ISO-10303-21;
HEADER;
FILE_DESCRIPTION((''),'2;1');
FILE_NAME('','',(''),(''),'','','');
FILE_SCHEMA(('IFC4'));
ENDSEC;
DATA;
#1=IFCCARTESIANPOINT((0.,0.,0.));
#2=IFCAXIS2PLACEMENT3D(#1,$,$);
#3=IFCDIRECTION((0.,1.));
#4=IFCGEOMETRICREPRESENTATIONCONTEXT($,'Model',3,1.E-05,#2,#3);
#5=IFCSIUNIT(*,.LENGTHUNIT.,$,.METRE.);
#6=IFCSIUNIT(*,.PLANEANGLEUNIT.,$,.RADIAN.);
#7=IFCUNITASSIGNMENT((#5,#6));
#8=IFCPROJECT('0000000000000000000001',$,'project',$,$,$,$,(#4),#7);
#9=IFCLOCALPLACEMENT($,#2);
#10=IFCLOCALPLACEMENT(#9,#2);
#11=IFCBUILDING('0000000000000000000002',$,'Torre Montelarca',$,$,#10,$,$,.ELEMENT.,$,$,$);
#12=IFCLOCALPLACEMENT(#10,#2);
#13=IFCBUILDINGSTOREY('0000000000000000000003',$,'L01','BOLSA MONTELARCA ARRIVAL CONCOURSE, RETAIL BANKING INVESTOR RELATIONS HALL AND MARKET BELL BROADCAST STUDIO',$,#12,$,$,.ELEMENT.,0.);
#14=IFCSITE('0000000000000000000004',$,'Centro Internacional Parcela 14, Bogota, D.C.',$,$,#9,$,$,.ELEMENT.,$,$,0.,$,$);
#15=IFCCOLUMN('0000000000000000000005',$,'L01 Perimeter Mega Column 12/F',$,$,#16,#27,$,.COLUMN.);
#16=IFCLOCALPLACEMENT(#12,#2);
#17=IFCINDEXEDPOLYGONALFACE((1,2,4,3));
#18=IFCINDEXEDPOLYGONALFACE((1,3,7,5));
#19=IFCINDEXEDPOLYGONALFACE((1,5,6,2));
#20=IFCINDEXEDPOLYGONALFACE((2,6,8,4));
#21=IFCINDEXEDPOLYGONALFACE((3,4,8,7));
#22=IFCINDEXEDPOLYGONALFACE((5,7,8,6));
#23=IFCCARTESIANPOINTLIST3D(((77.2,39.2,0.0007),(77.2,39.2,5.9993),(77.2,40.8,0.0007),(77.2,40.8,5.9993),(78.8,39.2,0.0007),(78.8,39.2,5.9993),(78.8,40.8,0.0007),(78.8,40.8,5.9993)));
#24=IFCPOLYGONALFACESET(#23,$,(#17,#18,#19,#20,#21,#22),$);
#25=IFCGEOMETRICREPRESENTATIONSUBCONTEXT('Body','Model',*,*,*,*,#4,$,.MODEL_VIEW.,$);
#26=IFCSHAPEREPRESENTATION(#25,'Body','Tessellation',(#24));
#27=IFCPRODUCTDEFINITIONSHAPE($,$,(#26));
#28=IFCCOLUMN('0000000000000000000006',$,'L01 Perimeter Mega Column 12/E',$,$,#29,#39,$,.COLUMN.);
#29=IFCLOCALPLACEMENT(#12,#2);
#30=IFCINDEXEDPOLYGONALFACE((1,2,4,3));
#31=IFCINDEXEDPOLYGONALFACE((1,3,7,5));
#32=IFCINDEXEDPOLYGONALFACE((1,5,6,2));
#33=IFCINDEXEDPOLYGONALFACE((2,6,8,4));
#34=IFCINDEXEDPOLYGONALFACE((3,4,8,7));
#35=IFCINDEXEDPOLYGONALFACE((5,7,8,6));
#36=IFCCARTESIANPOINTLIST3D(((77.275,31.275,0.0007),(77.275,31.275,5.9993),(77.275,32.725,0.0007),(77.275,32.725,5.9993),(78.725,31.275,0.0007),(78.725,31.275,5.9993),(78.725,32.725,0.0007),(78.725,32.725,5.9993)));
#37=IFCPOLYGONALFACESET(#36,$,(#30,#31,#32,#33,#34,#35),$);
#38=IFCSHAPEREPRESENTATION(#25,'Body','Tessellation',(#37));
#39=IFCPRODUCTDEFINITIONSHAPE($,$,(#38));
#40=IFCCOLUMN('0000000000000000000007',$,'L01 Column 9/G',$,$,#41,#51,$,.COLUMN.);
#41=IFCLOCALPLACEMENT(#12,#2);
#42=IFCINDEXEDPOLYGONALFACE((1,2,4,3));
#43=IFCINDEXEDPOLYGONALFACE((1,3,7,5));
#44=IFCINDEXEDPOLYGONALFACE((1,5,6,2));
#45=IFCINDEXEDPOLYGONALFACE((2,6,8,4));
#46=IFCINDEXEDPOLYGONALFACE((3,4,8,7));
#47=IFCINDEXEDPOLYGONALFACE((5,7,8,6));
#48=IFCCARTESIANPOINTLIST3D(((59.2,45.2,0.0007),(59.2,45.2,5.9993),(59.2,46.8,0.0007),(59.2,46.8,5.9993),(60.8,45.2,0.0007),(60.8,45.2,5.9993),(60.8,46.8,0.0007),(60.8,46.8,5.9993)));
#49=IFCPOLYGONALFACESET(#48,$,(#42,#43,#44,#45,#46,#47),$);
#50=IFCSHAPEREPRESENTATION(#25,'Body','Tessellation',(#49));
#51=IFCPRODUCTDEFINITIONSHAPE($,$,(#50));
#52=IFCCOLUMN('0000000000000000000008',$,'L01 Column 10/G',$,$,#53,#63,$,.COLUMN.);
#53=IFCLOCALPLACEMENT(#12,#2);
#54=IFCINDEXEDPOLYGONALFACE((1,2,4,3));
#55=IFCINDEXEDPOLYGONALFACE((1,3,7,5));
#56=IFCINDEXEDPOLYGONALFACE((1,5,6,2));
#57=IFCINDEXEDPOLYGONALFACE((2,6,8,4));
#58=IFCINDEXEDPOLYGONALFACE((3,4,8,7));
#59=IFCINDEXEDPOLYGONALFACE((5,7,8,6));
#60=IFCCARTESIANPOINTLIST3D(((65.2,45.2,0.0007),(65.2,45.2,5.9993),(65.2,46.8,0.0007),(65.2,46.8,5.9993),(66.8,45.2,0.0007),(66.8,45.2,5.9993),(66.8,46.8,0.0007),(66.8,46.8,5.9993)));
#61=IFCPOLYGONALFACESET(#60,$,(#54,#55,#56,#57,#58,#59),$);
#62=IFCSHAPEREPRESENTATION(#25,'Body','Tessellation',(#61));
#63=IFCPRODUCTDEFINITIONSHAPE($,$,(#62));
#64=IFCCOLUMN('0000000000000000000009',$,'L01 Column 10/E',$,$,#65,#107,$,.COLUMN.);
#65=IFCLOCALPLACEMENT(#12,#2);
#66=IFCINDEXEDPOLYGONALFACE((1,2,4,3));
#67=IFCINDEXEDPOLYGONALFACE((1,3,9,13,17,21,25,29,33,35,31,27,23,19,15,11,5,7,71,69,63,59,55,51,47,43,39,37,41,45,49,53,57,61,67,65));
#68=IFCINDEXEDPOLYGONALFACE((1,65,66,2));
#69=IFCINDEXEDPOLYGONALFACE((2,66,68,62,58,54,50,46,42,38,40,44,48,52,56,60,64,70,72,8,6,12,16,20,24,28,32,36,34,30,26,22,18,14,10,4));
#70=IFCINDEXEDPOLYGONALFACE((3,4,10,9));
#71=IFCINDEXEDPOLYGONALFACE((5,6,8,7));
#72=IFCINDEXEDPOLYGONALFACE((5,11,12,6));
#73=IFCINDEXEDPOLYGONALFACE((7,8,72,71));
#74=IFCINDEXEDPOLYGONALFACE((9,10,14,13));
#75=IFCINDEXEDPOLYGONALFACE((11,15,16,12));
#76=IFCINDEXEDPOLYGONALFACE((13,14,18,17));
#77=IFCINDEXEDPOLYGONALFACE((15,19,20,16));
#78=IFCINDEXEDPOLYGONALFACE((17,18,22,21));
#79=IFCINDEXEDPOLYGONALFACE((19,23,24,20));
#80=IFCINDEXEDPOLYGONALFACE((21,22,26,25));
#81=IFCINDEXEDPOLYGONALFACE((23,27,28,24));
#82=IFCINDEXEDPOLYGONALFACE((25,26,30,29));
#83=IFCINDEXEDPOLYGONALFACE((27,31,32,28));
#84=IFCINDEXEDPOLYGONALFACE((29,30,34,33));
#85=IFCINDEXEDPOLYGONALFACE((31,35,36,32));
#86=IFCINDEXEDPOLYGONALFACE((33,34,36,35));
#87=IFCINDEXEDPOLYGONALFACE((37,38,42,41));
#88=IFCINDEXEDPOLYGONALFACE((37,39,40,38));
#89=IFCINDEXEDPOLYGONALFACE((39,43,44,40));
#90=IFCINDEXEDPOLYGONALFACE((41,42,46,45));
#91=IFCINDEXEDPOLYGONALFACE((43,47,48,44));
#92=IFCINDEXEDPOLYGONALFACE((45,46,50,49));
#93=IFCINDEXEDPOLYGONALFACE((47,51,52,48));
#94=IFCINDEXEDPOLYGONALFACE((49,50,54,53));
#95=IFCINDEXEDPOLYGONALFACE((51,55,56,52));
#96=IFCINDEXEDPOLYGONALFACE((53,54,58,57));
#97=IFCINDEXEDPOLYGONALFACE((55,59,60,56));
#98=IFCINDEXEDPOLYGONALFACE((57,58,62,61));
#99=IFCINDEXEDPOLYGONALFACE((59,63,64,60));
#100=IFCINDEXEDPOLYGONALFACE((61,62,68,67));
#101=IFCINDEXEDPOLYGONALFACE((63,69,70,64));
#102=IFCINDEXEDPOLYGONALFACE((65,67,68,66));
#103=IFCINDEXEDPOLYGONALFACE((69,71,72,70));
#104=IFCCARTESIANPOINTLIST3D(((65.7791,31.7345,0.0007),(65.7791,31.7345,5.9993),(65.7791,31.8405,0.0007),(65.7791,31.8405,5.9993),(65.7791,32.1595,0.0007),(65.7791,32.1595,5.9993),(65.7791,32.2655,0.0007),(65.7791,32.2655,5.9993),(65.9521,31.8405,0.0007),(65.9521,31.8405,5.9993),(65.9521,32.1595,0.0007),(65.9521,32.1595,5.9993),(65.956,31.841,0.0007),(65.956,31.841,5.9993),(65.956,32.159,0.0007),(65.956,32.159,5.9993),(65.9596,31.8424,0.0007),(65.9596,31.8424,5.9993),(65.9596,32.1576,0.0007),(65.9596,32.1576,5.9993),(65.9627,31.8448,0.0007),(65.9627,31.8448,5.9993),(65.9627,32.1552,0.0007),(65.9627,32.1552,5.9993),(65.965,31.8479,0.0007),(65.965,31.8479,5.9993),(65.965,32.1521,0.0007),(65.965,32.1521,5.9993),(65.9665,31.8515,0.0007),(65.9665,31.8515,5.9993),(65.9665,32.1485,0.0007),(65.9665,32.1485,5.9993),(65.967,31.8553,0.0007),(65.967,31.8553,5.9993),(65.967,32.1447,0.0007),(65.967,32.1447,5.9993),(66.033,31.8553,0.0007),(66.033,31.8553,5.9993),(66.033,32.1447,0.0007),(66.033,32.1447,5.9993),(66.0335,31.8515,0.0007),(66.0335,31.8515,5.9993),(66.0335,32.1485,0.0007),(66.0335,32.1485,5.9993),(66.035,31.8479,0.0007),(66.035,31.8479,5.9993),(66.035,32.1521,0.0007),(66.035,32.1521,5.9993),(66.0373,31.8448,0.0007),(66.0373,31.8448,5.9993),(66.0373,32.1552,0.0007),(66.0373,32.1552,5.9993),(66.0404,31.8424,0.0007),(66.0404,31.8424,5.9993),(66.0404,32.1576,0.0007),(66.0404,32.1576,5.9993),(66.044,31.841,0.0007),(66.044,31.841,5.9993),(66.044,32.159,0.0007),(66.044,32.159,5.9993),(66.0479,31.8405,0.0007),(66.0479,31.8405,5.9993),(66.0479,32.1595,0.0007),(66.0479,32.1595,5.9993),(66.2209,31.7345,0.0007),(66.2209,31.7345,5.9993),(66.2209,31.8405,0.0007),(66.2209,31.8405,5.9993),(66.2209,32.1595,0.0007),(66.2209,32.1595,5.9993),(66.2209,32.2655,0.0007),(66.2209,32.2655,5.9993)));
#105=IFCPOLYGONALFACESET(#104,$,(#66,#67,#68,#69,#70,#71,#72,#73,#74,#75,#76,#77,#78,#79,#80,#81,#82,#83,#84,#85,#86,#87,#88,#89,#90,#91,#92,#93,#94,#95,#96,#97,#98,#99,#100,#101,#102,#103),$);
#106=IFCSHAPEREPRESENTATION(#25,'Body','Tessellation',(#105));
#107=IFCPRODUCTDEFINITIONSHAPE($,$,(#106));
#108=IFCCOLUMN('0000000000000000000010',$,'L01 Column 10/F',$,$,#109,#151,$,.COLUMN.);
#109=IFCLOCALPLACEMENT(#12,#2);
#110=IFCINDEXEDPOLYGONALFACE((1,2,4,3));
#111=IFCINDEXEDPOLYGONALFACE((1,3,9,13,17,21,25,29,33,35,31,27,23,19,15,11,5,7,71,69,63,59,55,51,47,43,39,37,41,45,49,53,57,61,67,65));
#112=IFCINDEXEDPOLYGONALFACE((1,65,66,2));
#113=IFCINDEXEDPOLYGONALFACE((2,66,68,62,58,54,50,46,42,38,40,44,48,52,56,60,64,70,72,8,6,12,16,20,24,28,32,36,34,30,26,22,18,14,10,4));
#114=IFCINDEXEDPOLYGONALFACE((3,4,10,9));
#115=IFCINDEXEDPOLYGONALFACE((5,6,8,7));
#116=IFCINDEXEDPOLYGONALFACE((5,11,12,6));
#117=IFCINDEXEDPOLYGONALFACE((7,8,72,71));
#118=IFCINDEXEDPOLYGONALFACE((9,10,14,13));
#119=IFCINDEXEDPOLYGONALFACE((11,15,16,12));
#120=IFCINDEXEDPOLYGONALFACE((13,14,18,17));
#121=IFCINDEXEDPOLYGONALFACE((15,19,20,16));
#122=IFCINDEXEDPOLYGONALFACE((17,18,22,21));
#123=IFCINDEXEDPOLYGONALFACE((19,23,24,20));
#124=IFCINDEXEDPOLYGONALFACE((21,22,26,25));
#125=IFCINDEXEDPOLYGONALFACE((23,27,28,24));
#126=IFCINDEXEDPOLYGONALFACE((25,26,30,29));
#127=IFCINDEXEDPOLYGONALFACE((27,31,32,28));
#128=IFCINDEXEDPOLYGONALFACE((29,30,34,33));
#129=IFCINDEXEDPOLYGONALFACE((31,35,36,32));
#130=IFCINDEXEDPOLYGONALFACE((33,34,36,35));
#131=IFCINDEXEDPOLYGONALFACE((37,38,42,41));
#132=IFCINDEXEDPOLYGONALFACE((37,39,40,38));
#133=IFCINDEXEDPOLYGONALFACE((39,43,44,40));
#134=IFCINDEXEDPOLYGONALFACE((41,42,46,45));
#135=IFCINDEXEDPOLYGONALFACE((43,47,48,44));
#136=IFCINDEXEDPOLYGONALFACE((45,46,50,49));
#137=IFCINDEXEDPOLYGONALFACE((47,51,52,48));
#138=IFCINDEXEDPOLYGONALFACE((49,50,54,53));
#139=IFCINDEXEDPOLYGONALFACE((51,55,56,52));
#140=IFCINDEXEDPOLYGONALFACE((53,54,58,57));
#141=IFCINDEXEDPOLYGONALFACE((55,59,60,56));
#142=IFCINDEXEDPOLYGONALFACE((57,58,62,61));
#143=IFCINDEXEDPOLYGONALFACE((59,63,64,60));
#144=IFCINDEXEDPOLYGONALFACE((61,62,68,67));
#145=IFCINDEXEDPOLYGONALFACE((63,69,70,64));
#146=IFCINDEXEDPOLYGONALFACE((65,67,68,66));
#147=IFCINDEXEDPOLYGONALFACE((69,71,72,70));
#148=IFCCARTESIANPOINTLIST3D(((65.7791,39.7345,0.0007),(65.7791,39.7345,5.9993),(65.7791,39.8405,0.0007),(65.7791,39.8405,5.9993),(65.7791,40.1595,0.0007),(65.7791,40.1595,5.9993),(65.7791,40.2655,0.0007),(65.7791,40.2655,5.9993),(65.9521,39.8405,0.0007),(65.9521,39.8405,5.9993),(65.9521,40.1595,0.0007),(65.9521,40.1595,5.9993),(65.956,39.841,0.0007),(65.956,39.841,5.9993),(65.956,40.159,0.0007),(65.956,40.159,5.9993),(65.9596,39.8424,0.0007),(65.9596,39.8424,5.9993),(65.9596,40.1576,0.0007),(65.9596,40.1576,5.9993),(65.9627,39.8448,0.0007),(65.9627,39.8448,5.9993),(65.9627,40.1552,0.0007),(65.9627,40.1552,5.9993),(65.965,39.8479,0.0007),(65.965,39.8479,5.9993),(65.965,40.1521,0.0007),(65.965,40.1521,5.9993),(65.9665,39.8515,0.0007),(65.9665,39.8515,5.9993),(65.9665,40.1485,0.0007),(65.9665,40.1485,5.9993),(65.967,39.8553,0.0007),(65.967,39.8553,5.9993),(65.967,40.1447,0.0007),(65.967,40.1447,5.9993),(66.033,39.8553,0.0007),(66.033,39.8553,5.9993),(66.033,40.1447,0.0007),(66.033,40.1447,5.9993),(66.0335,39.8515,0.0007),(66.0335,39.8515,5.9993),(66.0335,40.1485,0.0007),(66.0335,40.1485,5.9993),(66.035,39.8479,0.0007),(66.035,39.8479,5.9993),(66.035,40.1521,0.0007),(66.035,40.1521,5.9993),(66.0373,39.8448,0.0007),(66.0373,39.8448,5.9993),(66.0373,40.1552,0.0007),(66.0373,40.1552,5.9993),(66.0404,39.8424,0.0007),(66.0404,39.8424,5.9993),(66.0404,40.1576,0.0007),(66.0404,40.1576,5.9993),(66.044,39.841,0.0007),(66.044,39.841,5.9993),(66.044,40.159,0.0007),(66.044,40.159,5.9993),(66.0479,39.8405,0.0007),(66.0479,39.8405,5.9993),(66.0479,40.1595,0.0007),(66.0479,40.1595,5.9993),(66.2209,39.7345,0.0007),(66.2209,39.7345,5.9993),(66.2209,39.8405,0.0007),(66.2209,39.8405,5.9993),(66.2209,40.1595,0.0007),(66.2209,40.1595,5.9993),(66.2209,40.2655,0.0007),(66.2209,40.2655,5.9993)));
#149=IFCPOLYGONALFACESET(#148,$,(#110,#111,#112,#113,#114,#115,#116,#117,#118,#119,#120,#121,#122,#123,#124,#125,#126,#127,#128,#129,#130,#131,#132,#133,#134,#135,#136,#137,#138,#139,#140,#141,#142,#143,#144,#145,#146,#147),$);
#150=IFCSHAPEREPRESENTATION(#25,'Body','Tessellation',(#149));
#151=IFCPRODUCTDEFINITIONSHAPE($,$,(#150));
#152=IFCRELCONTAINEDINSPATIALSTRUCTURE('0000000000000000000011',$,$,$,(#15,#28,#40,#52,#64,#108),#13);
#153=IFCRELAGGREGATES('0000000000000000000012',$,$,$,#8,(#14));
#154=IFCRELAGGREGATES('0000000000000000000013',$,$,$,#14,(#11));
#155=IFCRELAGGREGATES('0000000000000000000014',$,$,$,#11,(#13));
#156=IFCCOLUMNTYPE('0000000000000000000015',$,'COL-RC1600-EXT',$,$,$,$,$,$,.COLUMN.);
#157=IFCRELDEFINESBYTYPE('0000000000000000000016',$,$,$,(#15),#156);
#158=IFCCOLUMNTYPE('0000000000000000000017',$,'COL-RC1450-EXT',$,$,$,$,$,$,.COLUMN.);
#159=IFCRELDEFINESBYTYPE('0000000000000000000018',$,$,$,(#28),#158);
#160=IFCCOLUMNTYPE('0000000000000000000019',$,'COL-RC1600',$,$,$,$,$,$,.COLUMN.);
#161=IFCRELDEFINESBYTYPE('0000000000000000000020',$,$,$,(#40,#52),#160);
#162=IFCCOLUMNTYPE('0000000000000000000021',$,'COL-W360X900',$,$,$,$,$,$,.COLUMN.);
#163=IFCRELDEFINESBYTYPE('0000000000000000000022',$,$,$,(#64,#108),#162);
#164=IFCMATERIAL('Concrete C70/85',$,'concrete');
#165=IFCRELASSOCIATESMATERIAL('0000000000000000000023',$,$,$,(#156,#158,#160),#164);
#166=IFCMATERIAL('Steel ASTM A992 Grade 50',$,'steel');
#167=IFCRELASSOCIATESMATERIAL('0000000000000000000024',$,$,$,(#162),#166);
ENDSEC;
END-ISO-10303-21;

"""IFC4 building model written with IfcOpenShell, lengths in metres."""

from ifc_helpers import new_model, si_unit, direction, frame, origin, origin_2d, place, context, subcontext, project, spatial, rectangle, i_section, extrude, source, transform, mapped, material, material_profile, profile_set, type_object, element, save


model = new_model("IFC4")

# Units and contexts
model_context = context("Model", 3, precision=1e-05, world=origin(), true_north=direction((0.0, 1.0)))
body_context = subcontext(model_context, "Body", "Model", "MODEL_VIEW")
ifc_project = project(units=[si_unit("LENGTHUNIT", "METRE"), si_unit("PLANEANGLEUNIT", "RADIAN")], contexts=[model_context])

# Site, building, storey
site_placement = place(None, origin())
site = spatial("IfcSite", under=ifc_project, at=site_placement, Name="Centro Internacional Parcela 14, Bogota, D.C.", CompositionType="ELEMENT", RefElevation=0.0)
building_placement = place(site_placement, origin())
building = spatial("IfcBuilding", under=site, at=building_placement, Name="Torre Montelarca", CompositionType="ELEMENT")
storey_placement = place(building_placement, origin())
storey = spatial("IfcBuildingStorey", under=building, at=storey_placement, Name="L01", Description="BOLSA MONTELARCA ARRIVAL CONCOURSE, RETAIL BANKING INVESTOR RELATIONS HALL AND MARKET BELL BROADCAST STUDIO", CompositionType="ELEMENT", Elevation=0.0)

# Columns
ifc_material_1 = material(Name="Concrete C70/85", Category="concrete")
ifc_material_profile_1 = material_profile(ifc_material_1, rectangle(XDim=1.6001, YDim=1.6001, at=origin_2d()), Name="RC1600X1600", Category="concrete")
ifc_profile_set_1 = profile_set([ifc_material_profile_1], Name="Concrete C70/85")
column_type_1 = type_object("IfcColumnType", Name="COL-RC1600-EXT", PredefinedType="COLUMN", material=ifc_profile_set_1)
shared_shape_1 = source(origin(), body_context, "Body", "SweptSolid", [
    extrude(rectangle(XDim=1.6001, YDim=1.6001, at=origin_2d()), origin(), (0.0, 0.0, 1.0), 5.9985),
])
column_1_placement = place(storey_placement, frame((78.0, 40.0, 0.0007), z_axis=(0.0, 0.0, 1.0), x_axis=(1.0, 0.0, 0.0)))
element("IfcColumn", 1, at=column_1_placement, inside=storey, type_object=column_type_1, Name="L01 Perimeter Mega Column 12/F", PredefinedType="COLUMN", context=body_context, shape_type="MappedRepresentation", body=[
    mapped(shared_shape_1, transform((0.0, 0.0, 0.0), scale=1.0)),
])
ifc_material_profile_2 = material_profile(ifc_material_1, rectangle(XDim=1.45, YDim=1.45, at=origin_2d()), Name="RC1450X1450", Category="concrete")
ifc_profile_set_2 = profile_set([ifc_material_profile_2], Name="Concrete C70/85")
column_type_2 = type_object("IfcColumnType", Name="COL-RC1450-EXT", PredefinedType="COLUMN", material=ifc_profile_set_2)
shared_shape_2 = source(origin(), body_context, "Body", "SweptSolid", [
    extrude(rectangle(XDim=1.45, YDim=1.45, at=origin_2d()), origin(), (0.0, 0.0, 1.0), 5.9985),
])
column_2_placement = place(storey_placement, frame((78.0, 32.0, 0.0007), z_axis=(0.0, 0.0, 1.0), x_axis=(1.0, 0.0, 0.0)))
element("IfcColumn", 2, at=column_2_placement, inside=storey, type_object=column_type_2, Name="L01 Perimeter Mega Column 12/E", PredefinedType="COLUMN", context=body_context, shape_type="MappedRepresentation", body=[
    mapped(shared_shape_2, transform((0.0, 0.0, 0.0), scale=1.0)),
])
ifc_material_profile_3 = material_profile(ifc_material_1, rectangle(XDim=1.6001, YDim=1.6001, at=origin_2d()), Name="RC1600X1600", Category="concrete")
ifc_profile_set_3 = profile_set([ifc_material_profile_3], Name="Concrete C70/85")
column_type_3 = type_object("IfcColumnType", Name="COL-RC1600", PredefinedType="COLUMN", material=ifc_profile_set_3)
shared_shape_3 = source(origin(), body_context, "Body", "SweptSolid", [
    extrude(rectangle(XDim=1.6001, YDim=1.6001, at=origin_2d()), origin(), (0.0, 0.0, 1.0), 5.9985),
])
for number, where, z_axis, x_axis, name in (
    (3, (60.0, 46.0, 0.0007), (0.0, 0.0, 1.0), (1.0, 0.0, 0.0), "L01 Column 9/G"),
    (4, (66.0, 46.0, 0.0007), (0.0, 0.0, 1.0), (1.0, 0.0, 0.0), "L01 Column 10/G"),
):
    element("IfcColumn", number, at=place(storey_placement, frame(where, z_axis=z_axis, x_axis=x_axis)), inside=storey, type_object=column_type_3, Name=name, PredefinedType="COLUMN", context=body_context, shape_type="MappedRepresentation", body=[
        mapped(shared_shape_3, transform((0.0, 0.0, 0.0), scale=1.0)),
    ])
ifc_material_2 = material(Name="Steel ASTM A992 Grade 50", Category="steel")
ifc_material_profile_4 = material_profile(ifc_material_2, i_section(OverallWidth=0.4419, OverallDepth=0.531, WebThickness=0.0659, FlangeThickness=0.106, FilletRadius=0.0149, at=origin_2d()), Name="W360X900", Category="steel")
ifc_profile_set_4 = profile_set([ifc_material_profile_4], Name="Steel ASTM A992 Grade 50")
column_type_4 = type_object("IfcColumnType", Name="COL-W360X900", PredefinedType="COLUMN", material=ifc_profile_set_4)
shared_shape_4 = source(origin(), body_context, "Body", "SweptSolid", [
    extrude(i_section(OverallWidth=0.4419, OverallDepth=0.531, WebThickness=0.0659, FlangeThickness=0.106, FilletRadius=0.0149, at=origin_2d()), origin(), (0.0, 0.0, 1.0), 5.9985),
])
for number, where, z_axis, x_axis, name in (
    (5, (66.0, 32.0, 0.0007), (0.0, 0.0, 1.0), (1.0, 0.0, 0.0), "L01 Column 10/E"),
    (6, (66.0, 40.0, 0.0007), (0.0, 0.0, 1.0), (1.0, 0.0, 0.0), "L01 Column 10/F"),
):
    element("IfcColumn", number, at=place(storey_placement, frame(where, z_axis=z_axis, x_axis=x_axis)), inside=storey, type_object=column_type_4, Name=name, PredefinedType="COLUMN", context=body_context, shape_type="MappedRepresentation", body=[
        mapped(shared_shape_4, transform((0.0, 0.0, 0.0), scale=1.0)),
    ])

save(model, "model.ifc")
